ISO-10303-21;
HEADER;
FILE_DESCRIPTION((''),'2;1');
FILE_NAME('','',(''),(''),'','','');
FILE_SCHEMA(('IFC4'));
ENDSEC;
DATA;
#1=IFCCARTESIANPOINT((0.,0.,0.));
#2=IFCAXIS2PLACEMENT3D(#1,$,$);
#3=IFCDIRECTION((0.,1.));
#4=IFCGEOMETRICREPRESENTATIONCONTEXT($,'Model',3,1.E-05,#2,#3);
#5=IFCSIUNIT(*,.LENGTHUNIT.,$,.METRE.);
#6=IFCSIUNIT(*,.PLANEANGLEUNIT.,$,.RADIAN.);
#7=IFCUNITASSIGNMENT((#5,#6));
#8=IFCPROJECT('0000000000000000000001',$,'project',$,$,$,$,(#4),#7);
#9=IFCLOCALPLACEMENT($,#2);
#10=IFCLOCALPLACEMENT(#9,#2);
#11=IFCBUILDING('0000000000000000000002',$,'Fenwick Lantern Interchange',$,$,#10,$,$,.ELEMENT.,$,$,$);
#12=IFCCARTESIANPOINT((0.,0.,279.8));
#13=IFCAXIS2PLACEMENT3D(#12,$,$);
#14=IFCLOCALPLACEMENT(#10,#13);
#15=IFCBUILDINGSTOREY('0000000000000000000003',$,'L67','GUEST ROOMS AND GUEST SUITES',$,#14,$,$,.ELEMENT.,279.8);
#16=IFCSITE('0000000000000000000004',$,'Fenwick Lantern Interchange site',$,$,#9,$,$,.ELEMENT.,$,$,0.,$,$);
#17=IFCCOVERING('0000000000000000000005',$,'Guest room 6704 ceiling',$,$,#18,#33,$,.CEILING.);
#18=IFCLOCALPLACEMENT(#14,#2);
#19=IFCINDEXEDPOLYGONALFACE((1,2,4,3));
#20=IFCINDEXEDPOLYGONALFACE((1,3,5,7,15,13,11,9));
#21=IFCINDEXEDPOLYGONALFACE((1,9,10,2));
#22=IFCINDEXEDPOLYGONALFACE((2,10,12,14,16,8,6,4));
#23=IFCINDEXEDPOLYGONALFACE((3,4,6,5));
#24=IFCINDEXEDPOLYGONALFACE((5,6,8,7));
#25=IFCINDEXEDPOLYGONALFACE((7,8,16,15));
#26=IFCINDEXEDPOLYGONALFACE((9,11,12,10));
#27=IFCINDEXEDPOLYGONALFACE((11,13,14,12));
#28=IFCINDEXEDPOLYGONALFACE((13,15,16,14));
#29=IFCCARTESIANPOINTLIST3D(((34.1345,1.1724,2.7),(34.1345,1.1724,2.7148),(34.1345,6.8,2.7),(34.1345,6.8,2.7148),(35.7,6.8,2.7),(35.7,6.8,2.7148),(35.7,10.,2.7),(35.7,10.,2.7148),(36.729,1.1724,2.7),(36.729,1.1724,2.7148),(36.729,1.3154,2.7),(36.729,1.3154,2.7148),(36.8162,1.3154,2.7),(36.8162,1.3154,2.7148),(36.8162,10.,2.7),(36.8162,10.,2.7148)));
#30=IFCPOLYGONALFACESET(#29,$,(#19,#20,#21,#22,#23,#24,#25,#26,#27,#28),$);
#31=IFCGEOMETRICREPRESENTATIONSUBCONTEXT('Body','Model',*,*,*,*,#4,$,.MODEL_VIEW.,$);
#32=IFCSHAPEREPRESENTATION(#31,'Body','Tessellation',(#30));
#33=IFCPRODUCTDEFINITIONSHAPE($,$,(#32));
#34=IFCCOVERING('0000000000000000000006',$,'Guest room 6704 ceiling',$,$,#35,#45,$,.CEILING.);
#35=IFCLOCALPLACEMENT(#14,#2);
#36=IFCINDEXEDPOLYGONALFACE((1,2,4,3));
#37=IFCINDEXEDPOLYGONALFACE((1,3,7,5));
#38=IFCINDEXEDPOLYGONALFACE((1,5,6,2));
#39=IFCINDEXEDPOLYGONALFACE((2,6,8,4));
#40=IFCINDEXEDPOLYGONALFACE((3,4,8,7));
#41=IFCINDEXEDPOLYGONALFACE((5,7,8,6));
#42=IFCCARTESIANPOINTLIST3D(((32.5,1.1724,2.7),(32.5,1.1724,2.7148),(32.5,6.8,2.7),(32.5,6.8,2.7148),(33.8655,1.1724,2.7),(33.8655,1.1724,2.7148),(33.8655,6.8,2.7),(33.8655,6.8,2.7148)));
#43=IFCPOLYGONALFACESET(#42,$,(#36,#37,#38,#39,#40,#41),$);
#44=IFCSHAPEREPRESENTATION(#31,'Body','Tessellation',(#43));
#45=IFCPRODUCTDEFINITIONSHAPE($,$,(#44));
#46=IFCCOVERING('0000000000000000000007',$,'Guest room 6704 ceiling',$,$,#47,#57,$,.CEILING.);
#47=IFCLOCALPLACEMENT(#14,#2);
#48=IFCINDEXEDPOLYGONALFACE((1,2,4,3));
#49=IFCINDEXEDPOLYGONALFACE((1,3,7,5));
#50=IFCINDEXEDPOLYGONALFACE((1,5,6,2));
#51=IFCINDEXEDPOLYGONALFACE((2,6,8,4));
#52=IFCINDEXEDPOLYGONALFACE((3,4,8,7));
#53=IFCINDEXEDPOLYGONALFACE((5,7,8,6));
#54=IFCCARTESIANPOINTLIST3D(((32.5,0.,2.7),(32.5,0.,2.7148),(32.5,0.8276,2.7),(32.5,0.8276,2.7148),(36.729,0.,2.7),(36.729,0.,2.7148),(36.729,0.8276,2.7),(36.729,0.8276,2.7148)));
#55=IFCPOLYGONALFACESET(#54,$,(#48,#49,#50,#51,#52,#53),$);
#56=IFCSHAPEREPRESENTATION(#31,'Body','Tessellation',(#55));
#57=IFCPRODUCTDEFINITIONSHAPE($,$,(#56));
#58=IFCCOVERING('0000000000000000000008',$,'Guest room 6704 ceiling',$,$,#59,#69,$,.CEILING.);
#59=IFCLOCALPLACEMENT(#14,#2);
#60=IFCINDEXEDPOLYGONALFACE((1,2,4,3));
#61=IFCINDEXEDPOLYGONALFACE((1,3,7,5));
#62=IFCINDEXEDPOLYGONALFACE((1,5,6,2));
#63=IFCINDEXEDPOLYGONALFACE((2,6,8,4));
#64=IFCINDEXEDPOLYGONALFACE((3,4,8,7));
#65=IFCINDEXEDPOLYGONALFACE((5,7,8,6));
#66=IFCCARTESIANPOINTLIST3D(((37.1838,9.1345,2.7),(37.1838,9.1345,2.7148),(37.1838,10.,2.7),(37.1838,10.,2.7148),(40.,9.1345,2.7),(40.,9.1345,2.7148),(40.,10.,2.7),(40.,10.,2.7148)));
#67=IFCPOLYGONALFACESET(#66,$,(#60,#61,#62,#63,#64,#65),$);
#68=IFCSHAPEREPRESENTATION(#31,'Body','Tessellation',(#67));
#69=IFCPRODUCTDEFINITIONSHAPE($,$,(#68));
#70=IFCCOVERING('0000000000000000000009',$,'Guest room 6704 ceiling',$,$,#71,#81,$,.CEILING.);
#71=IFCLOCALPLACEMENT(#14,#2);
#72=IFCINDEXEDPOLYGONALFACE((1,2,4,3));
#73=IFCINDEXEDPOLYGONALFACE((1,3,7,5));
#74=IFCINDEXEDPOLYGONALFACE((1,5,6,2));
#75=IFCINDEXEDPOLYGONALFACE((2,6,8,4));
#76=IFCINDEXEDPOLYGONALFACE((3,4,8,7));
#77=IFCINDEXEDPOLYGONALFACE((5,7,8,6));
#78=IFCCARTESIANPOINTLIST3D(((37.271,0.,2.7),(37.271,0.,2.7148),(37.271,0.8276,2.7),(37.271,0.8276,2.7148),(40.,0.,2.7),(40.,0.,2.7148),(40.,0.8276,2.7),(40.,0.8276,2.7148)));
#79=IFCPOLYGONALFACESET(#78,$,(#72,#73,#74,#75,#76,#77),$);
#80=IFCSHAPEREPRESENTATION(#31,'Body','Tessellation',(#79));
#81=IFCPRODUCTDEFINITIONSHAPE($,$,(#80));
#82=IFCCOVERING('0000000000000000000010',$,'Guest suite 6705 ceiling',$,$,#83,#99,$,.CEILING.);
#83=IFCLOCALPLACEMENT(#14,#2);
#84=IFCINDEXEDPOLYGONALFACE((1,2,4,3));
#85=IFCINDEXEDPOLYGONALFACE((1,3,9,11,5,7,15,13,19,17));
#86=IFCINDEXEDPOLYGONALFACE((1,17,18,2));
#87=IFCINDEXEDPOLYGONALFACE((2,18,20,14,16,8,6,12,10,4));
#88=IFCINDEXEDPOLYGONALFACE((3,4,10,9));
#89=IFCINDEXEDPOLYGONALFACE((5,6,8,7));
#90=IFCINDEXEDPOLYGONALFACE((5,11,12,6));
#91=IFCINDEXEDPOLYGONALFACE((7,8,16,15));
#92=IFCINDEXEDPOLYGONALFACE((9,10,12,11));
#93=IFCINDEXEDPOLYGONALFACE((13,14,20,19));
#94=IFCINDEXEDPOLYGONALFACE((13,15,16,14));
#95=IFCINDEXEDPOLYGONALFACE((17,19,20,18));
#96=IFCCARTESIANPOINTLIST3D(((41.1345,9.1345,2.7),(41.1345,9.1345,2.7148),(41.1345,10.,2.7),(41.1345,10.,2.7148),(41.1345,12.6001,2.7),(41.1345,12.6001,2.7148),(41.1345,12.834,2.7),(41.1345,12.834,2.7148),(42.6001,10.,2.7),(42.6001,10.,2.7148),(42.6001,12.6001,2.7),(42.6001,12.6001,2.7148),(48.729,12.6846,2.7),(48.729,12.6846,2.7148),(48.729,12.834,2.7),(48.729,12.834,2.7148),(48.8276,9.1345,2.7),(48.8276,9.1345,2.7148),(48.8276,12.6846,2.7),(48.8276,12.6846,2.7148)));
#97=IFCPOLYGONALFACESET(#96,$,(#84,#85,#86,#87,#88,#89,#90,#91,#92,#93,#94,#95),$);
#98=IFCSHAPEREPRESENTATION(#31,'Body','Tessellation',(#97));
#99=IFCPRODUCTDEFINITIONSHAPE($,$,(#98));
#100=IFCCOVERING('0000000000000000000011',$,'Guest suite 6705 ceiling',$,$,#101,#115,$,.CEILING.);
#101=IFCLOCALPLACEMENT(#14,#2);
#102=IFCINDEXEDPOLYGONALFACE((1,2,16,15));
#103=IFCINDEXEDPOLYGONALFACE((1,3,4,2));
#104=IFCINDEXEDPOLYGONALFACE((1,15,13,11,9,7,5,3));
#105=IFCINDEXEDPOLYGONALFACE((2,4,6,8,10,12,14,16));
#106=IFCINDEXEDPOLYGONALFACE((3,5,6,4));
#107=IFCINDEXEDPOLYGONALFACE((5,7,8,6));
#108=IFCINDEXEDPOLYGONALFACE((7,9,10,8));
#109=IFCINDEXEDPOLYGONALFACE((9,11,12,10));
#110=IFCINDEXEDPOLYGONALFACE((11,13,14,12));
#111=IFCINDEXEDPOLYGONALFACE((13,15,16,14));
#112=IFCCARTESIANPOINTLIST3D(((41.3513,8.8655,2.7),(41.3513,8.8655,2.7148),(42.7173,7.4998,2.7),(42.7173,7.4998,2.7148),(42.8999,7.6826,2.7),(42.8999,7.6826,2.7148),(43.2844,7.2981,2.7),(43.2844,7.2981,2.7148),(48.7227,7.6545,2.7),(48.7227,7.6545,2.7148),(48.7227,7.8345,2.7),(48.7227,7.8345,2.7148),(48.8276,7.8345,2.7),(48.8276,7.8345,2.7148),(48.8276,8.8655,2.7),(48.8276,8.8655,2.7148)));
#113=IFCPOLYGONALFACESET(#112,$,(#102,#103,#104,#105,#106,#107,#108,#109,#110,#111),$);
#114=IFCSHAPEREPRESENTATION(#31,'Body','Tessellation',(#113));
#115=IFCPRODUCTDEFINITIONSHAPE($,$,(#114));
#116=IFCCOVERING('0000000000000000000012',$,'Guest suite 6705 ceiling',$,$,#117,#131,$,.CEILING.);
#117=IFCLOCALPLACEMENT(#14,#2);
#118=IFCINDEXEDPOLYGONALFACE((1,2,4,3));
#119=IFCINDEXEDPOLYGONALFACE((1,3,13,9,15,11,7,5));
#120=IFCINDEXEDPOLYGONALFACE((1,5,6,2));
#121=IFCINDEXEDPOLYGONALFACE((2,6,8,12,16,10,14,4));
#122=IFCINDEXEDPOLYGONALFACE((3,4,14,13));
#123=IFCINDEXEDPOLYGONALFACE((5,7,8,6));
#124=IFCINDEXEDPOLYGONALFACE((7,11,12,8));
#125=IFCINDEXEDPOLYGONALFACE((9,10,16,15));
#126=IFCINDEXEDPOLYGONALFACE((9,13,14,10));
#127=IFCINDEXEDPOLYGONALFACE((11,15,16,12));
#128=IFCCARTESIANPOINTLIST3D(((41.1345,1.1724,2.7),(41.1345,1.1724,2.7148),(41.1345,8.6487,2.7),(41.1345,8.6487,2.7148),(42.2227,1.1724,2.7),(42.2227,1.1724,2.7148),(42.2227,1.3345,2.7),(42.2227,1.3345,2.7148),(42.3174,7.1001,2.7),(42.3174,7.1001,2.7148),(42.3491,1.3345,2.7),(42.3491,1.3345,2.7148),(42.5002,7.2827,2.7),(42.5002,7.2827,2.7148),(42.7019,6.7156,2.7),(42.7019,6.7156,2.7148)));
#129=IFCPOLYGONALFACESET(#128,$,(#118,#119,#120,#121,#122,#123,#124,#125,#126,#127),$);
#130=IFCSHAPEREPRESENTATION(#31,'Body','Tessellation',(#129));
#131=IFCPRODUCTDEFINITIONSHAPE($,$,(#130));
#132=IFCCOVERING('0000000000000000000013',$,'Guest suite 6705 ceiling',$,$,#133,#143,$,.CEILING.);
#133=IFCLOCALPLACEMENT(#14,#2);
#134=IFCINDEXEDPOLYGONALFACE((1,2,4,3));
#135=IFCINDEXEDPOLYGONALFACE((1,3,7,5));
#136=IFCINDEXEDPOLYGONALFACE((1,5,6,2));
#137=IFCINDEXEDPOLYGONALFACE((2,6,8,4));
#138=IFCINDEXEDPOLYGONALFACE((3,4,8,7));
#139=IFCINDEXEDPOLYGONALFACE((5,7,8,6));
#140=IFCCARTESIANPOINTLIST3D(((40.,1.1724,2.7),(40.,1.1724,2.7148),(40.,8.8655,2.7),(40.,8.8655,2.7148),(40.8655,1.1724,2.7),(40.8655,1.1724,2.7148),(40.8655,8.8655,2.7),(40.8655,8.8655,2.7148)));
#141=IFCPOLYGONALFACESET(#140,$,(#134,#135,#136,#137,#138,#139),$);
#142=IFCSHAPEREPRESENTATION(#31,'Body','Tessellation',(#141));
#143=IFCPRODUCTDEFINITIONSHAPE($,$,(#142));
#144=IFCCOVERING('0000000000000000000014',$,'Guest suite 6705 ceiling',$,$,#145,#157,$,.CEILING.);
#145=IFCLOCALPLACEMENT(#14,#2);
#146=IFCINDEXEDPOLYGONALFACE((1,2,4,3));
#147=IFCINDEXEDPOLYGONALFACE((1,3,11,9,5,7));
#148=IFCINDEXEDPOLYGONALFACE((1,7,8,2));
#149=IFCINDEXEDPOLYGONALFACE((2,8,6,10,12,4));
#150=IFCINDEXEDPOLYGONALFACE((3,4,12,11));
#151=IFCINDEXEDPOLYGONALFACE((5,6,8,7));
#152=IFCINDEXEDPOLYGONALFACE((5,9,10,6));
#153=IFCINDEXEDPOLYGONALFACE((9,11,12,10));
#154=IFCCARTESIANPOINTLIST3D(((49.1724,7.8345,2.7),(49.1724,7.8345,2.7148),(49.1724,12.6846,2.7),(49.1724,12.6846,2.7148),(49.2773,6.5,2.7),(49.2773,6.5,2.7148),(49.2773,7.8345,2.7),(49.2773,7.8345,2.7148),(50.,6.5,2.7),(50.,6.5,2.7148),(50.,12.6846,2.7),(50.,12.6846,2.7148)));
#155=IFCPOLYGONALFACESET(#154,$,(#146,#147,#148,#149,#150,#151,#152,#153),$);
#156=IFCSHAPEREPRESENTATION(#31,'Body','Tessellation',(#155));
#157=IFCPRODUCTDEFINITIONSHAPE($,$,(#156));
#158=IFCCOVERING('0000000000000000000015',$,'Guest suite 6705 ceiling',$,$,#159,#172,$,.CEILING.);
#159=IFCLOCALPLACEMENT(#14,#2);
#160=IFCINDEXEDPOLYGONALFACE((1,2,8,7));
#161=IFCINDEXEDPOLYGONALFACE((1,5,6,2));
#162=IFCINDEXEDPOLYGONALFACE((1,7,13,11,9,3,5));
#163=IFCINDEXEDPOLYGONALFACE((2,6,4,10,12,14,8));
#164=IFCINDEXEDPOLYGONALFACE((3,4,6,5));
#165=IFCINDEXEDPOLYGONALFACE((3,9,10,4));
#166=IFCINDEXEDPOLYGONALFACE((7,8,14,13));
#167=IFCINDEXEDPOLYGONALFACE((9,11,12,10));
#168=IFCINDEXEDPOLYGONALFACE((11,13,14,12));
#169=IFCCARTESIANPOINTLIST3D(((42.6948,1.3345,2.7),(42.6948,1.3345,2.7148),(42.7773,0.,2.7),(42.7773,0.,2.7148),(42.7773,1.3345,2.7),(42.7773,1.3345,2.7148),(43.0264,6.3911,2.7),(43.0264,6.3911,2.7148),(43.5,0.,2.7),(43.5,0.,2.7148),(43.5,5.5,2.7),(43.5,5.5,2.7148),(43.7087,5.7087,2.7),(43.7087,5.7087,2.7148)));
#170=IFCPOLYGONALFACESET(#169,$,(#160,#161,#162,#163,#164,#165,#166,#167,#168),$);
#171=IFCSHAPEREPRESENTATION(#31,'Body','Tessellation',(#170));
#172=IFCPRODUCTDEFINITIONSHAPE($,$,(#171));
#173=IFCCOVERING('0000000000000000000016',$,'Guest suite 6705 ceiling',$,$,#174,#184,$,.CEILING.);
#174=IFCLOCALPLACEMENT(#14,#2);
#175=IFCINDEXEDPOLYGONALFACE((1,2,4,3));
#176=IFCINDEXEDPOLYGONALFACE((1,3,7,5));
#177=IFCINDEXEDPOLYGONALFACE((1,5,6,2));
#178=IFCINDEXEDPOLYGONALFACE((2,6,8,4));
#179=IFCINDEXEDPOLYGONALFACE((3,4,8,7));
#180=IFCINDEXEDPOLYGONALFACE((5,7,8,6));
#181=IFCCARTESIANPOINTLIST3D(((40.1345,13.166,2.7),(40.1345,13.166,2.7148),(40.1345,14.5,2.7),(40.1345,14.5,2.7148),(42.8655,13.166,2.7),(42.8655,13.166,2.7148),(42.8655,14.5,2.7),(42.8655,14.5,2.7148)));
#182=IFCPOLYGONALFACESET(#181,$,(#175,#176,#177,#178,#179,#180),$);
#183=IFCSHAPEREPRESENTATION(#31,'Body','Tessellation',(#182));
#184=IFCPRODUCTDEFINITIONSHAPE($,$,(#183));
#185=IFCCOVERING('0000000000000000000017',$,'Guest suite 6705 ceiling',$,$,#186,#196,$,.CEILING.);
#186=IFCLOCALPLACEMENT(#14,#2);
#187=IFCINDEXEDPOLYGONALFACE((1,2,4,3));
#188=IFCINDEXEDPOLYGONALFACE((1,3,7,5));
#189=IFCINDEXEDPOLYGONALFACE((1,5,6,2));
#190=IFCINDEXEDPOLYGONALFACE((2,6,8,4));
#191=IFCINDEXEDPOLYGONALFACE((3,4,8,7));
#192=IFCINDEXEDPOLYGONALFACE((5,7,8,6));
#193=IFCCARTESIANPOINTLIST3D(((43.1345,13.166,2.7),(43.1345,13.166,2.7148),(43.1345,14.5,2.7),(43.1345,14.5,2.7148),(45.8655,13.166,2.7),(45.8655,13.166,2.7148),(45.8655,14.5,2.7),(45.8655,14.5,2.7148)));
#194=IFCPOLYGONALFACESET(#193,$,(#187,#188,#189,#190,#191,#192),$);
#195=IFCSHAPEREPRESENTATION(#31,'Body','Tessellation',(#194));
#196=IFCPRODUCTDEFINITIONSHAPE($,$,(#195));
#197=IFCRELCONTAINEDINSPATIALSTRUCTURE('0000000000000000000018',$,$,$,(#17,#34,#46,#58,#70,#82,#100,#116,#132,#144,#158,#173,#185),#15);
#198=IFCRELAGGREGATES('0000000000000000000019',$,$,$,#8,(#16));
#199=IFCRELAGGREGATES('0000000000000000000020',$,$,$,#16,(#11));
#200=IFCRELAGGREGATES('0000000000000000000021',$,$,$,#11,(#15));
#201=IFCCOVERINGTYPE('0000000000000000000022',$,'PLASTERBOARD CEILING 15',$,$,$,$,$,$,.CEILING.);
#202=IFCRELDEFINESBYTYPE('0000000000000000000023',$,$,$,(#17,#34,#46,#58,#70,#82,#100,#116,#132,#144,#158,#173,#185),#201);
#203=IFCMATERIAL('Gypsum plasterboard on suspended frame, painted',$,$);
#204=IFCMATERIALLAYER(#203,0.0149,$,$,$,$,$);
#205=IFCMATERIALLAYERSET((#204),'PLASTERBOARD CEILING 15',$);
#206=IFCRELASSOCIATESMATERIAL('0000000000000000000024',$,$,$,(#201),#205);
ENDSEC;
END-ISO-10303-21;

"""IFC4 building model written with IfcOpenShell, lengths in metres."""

from ifc_helpers import new_model, si_unit, direction, frame, origin, place, context, subcontext, project, spatial, polyline, outline, extrude, material, layer, layer_set, type_object, element, save


model = new_model("IFC4")

# Units and contexts
model_context = context("Model", 3, precision=1e-05, world=origin(), true_north=direction((0.0, 1.0)))
body_context = subcontext(model_context, "Body", "Model", "MODEL_VIEW")
ifc_project = project(units=[si_unit("LENGTHUNIT", "METRE"), si_unit("PLANEANGLEUNIT", "RADIAN")], contexts=[model_context])

# Site, building, storey
site_placement = place(None, origin())
site = spatial("IfcSite", under=ifc_project, at=site_placement, Name="Fenwick Lantern Interchange site", CompositionType="ELEMENT", RefElevation=0.0)
building_placement = place(site_placement, origin())
building = spatial("IfcBuilding", under=site, at=building_placement, Name="Fenwick Lantern Interchange", CompositionType="ELEMENT")
storey_placement = place(building_placement, frame((0.0, 0.0, 279.8)))
storey = spatial("IfcBuildingStorey", under=building, at=storey_placement, Name="L67", Description="GUEST ROOMS AND GUEST SUITES", CompositionType="ELEMENT", Elevation=279.8)

# Coverings
ifc_material = material(Name="Gypsum plasterboard on suspended frame, painted")
ifc_layer = layer(ifc_material, 0.0149)
ifc_layer_set = layer_set([ifc_layer], Name="PLASTERBOARD CEILING 15")
covering_type = type_object("IfcCoveringType", Name="PLASTERBOARD CEILING 15", PredefinedType="CEILING", material=ifc_layer_set)
covering_1_placement = place(storey_placement, frame((0.0, 0.0, 2.7)))
element("IfcCovering", 1, at=covering_1_placement, inside=storey, type_object=covering_type, Name="Guest room 6704 ceiling", PredefinedType="CEILING", context=body_context, shape_type="SweptSolid", body=[
    extrude(outline(polyline([(36.729, 1.3154), (36.8162, 1.3154), (36.8162, 10.0), (35.7, 10.0), (35.7, 6.8), (34.1345, 6.8), (34.1345, 1.1724), (36.729, 1.1724), (36.729, 1.3154)])), origin(), (0.0, 0.0, 1.0), 0.0149),
])
covering_2_placement = place(storey_placement, frame((0.0, 0.0, 2.7)))
element("IfcCovering", 2, at=covering_2_placement, inside=storey, type_object=covering_type, Name="Guest room 6704 ceiling", PredefinedType="CEILING", context=body_context, shape_type="SweptSolid", body=[
    extrude(outline(polyline([(32.5, 6.8), (32.5, 1.1724), (33.8655, 1.1724), (33.8655, 6.8), (32.5, 6.8)])), origin(), (0.0, 0.0, 1.0), 0.0149),
])
covering_3_placement = place(storey_placement, frame((0.0, 0.0, 2.7)))
element("IfcCovering", 3, at=covering_3_placement, inside=storey, type_object=covering_type, Name="Guest room 6704 ceiling", PredefinedType="CEILING", context=body_context, shape_type="SweptSolid", body=[
    extrude(outline(polyline([(36.729, 0.0), (36.729, 0.8276), (32.5, 0.8276), (32.5, 0.0), (36.729, 0.0)])), origin(), (0.0, 0.0, 1.0), 0.0149),
])
covering_4_placement = place(storey_placement, frame((0.0, 0.0, 2.7)))
element("IfcCovering", 4, at=covering_4_placement, inside=storey, type_object=covering_type, Name="Guest room 6704 ceiling", PredefinedType="CEILING", context=body_context, shape_type="SweptSolid", body=[
    extrude(outline(polyline([(40.0, 10.0), (37.1838, 10.0), (37.1838, 9.1345), (40.0, 9.1345), (40.0, 10.0)])), origin(), (0.0, 0.0, 1.0), 0.0149),
])
covering_5_placement = place(storey_placement, frame((0.0, 0.0, 2.7)))
element("IfcCovering", 5, at=covering_5_placement, inside=storey, type_object=covering_type, Name="Guest room 6704 ceiling", PredefinedType="CEILING", context=body_context, shape_type="SweptSolid", body=[
    extrude(outline(polyline([(37.271, 0.0), (40.0, 0.0), (40.0, 0.8276), (37.271, 0.8276), (37.271, 0.0)])), origin(), (0.0, 0.0, 1.0), 0.0149),
])
covering_6_placement = place(storey_placement, frame((0.0, 0.0, 2.7)))
element("IfcCovering", 6, at=covering_6_placement, inside=storey, type_object=covering_type, Name="Guest suite 6705 ceiling", PredefinedType="CEILING", context=body_context, shape_type="SweptSolid", body=[
    extrude(outline(polyline([(42.6001, 10.0), (41.1345, 10.0), (41.1345, 9.1345), (48.8276, 9.1345), (48.8276, 12.6846), (48.729, 12.6846), (48.729, 12.834), (41.1345, 12.834), (41.1345, 12.6001), (42.6001, 12.6001), (42.6001, 10.0)])), origin(), (0.0, 0.0, 1.0), 0.0149),
])
covering_7_placement = place(storey_placement, frame((0.0, 0.0, 2.7)))
element("IfcCovering", 7, at=covering_7_placement, inside=storey, type_object=covering_type, Name="Guest suite 6705 ceiling", PredefinedType="CEILING", context=body_context, shape_type="SweptSolid", body=[
    extrude(outline(polyline([(48.7227, 7.8345), (48.8276, 7.8345), (48.8276, 8.8655), (41.3513, 8.8655), (42.7173, 7.4998), (42.8999, 7.6826), (43.2844, 7.2981), (48.7227, 7.6545), (48.7227, 7.8345)])), origin(), (0.0, 0.0, 1.0), 0.0149),
])
covering_8_placement = place(storey_placement, frame((0.0, 0.0, 2.7)))
element("IfcCovering", 8, at=covering_8_placement, inside=storey, type_object=covering_type, Name="Guest suite 6705 ceiling", PredefinedType="CEILING", context=body_context, shape_type="SweptSolid", body=[
    extrude(outline(polyline([(42.2227, 1.3345), (42.3491, 1.3345), (42.7019, 6.7156), (42.3174, 7.1001), (42.5002, 7.2827), (41.1345, 8.6487), (41.1345, 1.1724), (42.2227, 1.1724), (42.2227, 1.3345)])), origin(), (0.0, 0.0, 1.0), 0.0149),
])
covering_9_placement = place(storey_placement, frame((0.0, 0.0, 2.7)))
element("IfcCovering", 9, at=covering_9_placement, inside=storey, type_object=covering_type, Name="Guest suite 6705 ceiling", PredefinedType="CEILING", context=body_context, shape_type="SweptSolid", body=[
    extrude(outline(polyline([(40.0, 8.8655), (40.0, 1.1724), (40.8655, 1.1724), (40.8655, 8.8655), (40.0, 8.8655)])), origin(), (0.0, 0.0, 1.0), 0.0149),
])
covering_10_placement = place(storey_placement, frame((0.0, 0.0, 2.7)))
element("IfcCovering", 10, at=covering_10_placement, inside=storey, type_object=covering_type, Name="Guest suite 6705 ceiling", PredefinedType="CEILING", context=body_context, shape_type="SweptSolid", body=[
    extrude(outline(polyline([(50.0, 12.6846), (49.1724, 12.6846), (49.1724, 7.8345), (49.2773, 7.8345), (49.2773, 6.5), (50.0, 6.5), (50.0, 12.6846)])), origin(), (0.0, 0.0, 1.0), 0.0149),
])
covering_11_placement = place(storey_placement, frame((0.0, 0.0, 2.7)))
element("IfcCovering", 11, at=covering_11_placement, inside=storey, type_object=covering_type, Name="Guest suite 6705 ceiling", PredefinedType="CEILING", context=body_context, shape_type="SweptSolid", body=[
    extrude(outline(polyline([(42.6948, 1.3345), (42.7773, 1.3345), (42.7773, 0.0), (43.5, 0.0), (43.5, 5.5), (43.7087, 5.7087), (43.0264, 6.3911), (42.6948, 1.3345)])), origin(), (0.0, 0.0, 1.0), 0.0149),
])
covering_12_placement = place(storey_placement, frame((0.0, 0.0, 2.7)))
element("IfcCovering", 12, at=covering_12_placement, inside=storey, type_object=covering_type, Name="Guest suite 6705 ceiling", PredefinedType="CEILING", context=body_context, shape_type="SweptSolid", body=[
    extrude(outline(polyline([(42.8655, 14.5), (40.1345, 14.5), (40.1345, 13.166), (42.8655, 13.166), (42.8655, 14.5)])), origin(), (0.0, 0.0, 1.0), 0.0149),
])
covering_13_placement = place(storey_placement, frame((0.0, 0.0, 2.7)))
element("IfcCovering", 13, at=covering_13_placement, inside=storey, type_object=covering_type, Name="Guest suite 6705 ceiling", PredefinedType="CEILING", context=body_context, shape_type="SweptSolid", body=[
    extrude(outline(polyline([(45.8655, 14.5), (43.1345, 14.5), (43.1345, 13.166), (45.8655, 13.166), (45.8655, 14.5)])), origin(), (0.0, 0.0, 1.0), 0.0149),
])

save(model, "model.ifc")
